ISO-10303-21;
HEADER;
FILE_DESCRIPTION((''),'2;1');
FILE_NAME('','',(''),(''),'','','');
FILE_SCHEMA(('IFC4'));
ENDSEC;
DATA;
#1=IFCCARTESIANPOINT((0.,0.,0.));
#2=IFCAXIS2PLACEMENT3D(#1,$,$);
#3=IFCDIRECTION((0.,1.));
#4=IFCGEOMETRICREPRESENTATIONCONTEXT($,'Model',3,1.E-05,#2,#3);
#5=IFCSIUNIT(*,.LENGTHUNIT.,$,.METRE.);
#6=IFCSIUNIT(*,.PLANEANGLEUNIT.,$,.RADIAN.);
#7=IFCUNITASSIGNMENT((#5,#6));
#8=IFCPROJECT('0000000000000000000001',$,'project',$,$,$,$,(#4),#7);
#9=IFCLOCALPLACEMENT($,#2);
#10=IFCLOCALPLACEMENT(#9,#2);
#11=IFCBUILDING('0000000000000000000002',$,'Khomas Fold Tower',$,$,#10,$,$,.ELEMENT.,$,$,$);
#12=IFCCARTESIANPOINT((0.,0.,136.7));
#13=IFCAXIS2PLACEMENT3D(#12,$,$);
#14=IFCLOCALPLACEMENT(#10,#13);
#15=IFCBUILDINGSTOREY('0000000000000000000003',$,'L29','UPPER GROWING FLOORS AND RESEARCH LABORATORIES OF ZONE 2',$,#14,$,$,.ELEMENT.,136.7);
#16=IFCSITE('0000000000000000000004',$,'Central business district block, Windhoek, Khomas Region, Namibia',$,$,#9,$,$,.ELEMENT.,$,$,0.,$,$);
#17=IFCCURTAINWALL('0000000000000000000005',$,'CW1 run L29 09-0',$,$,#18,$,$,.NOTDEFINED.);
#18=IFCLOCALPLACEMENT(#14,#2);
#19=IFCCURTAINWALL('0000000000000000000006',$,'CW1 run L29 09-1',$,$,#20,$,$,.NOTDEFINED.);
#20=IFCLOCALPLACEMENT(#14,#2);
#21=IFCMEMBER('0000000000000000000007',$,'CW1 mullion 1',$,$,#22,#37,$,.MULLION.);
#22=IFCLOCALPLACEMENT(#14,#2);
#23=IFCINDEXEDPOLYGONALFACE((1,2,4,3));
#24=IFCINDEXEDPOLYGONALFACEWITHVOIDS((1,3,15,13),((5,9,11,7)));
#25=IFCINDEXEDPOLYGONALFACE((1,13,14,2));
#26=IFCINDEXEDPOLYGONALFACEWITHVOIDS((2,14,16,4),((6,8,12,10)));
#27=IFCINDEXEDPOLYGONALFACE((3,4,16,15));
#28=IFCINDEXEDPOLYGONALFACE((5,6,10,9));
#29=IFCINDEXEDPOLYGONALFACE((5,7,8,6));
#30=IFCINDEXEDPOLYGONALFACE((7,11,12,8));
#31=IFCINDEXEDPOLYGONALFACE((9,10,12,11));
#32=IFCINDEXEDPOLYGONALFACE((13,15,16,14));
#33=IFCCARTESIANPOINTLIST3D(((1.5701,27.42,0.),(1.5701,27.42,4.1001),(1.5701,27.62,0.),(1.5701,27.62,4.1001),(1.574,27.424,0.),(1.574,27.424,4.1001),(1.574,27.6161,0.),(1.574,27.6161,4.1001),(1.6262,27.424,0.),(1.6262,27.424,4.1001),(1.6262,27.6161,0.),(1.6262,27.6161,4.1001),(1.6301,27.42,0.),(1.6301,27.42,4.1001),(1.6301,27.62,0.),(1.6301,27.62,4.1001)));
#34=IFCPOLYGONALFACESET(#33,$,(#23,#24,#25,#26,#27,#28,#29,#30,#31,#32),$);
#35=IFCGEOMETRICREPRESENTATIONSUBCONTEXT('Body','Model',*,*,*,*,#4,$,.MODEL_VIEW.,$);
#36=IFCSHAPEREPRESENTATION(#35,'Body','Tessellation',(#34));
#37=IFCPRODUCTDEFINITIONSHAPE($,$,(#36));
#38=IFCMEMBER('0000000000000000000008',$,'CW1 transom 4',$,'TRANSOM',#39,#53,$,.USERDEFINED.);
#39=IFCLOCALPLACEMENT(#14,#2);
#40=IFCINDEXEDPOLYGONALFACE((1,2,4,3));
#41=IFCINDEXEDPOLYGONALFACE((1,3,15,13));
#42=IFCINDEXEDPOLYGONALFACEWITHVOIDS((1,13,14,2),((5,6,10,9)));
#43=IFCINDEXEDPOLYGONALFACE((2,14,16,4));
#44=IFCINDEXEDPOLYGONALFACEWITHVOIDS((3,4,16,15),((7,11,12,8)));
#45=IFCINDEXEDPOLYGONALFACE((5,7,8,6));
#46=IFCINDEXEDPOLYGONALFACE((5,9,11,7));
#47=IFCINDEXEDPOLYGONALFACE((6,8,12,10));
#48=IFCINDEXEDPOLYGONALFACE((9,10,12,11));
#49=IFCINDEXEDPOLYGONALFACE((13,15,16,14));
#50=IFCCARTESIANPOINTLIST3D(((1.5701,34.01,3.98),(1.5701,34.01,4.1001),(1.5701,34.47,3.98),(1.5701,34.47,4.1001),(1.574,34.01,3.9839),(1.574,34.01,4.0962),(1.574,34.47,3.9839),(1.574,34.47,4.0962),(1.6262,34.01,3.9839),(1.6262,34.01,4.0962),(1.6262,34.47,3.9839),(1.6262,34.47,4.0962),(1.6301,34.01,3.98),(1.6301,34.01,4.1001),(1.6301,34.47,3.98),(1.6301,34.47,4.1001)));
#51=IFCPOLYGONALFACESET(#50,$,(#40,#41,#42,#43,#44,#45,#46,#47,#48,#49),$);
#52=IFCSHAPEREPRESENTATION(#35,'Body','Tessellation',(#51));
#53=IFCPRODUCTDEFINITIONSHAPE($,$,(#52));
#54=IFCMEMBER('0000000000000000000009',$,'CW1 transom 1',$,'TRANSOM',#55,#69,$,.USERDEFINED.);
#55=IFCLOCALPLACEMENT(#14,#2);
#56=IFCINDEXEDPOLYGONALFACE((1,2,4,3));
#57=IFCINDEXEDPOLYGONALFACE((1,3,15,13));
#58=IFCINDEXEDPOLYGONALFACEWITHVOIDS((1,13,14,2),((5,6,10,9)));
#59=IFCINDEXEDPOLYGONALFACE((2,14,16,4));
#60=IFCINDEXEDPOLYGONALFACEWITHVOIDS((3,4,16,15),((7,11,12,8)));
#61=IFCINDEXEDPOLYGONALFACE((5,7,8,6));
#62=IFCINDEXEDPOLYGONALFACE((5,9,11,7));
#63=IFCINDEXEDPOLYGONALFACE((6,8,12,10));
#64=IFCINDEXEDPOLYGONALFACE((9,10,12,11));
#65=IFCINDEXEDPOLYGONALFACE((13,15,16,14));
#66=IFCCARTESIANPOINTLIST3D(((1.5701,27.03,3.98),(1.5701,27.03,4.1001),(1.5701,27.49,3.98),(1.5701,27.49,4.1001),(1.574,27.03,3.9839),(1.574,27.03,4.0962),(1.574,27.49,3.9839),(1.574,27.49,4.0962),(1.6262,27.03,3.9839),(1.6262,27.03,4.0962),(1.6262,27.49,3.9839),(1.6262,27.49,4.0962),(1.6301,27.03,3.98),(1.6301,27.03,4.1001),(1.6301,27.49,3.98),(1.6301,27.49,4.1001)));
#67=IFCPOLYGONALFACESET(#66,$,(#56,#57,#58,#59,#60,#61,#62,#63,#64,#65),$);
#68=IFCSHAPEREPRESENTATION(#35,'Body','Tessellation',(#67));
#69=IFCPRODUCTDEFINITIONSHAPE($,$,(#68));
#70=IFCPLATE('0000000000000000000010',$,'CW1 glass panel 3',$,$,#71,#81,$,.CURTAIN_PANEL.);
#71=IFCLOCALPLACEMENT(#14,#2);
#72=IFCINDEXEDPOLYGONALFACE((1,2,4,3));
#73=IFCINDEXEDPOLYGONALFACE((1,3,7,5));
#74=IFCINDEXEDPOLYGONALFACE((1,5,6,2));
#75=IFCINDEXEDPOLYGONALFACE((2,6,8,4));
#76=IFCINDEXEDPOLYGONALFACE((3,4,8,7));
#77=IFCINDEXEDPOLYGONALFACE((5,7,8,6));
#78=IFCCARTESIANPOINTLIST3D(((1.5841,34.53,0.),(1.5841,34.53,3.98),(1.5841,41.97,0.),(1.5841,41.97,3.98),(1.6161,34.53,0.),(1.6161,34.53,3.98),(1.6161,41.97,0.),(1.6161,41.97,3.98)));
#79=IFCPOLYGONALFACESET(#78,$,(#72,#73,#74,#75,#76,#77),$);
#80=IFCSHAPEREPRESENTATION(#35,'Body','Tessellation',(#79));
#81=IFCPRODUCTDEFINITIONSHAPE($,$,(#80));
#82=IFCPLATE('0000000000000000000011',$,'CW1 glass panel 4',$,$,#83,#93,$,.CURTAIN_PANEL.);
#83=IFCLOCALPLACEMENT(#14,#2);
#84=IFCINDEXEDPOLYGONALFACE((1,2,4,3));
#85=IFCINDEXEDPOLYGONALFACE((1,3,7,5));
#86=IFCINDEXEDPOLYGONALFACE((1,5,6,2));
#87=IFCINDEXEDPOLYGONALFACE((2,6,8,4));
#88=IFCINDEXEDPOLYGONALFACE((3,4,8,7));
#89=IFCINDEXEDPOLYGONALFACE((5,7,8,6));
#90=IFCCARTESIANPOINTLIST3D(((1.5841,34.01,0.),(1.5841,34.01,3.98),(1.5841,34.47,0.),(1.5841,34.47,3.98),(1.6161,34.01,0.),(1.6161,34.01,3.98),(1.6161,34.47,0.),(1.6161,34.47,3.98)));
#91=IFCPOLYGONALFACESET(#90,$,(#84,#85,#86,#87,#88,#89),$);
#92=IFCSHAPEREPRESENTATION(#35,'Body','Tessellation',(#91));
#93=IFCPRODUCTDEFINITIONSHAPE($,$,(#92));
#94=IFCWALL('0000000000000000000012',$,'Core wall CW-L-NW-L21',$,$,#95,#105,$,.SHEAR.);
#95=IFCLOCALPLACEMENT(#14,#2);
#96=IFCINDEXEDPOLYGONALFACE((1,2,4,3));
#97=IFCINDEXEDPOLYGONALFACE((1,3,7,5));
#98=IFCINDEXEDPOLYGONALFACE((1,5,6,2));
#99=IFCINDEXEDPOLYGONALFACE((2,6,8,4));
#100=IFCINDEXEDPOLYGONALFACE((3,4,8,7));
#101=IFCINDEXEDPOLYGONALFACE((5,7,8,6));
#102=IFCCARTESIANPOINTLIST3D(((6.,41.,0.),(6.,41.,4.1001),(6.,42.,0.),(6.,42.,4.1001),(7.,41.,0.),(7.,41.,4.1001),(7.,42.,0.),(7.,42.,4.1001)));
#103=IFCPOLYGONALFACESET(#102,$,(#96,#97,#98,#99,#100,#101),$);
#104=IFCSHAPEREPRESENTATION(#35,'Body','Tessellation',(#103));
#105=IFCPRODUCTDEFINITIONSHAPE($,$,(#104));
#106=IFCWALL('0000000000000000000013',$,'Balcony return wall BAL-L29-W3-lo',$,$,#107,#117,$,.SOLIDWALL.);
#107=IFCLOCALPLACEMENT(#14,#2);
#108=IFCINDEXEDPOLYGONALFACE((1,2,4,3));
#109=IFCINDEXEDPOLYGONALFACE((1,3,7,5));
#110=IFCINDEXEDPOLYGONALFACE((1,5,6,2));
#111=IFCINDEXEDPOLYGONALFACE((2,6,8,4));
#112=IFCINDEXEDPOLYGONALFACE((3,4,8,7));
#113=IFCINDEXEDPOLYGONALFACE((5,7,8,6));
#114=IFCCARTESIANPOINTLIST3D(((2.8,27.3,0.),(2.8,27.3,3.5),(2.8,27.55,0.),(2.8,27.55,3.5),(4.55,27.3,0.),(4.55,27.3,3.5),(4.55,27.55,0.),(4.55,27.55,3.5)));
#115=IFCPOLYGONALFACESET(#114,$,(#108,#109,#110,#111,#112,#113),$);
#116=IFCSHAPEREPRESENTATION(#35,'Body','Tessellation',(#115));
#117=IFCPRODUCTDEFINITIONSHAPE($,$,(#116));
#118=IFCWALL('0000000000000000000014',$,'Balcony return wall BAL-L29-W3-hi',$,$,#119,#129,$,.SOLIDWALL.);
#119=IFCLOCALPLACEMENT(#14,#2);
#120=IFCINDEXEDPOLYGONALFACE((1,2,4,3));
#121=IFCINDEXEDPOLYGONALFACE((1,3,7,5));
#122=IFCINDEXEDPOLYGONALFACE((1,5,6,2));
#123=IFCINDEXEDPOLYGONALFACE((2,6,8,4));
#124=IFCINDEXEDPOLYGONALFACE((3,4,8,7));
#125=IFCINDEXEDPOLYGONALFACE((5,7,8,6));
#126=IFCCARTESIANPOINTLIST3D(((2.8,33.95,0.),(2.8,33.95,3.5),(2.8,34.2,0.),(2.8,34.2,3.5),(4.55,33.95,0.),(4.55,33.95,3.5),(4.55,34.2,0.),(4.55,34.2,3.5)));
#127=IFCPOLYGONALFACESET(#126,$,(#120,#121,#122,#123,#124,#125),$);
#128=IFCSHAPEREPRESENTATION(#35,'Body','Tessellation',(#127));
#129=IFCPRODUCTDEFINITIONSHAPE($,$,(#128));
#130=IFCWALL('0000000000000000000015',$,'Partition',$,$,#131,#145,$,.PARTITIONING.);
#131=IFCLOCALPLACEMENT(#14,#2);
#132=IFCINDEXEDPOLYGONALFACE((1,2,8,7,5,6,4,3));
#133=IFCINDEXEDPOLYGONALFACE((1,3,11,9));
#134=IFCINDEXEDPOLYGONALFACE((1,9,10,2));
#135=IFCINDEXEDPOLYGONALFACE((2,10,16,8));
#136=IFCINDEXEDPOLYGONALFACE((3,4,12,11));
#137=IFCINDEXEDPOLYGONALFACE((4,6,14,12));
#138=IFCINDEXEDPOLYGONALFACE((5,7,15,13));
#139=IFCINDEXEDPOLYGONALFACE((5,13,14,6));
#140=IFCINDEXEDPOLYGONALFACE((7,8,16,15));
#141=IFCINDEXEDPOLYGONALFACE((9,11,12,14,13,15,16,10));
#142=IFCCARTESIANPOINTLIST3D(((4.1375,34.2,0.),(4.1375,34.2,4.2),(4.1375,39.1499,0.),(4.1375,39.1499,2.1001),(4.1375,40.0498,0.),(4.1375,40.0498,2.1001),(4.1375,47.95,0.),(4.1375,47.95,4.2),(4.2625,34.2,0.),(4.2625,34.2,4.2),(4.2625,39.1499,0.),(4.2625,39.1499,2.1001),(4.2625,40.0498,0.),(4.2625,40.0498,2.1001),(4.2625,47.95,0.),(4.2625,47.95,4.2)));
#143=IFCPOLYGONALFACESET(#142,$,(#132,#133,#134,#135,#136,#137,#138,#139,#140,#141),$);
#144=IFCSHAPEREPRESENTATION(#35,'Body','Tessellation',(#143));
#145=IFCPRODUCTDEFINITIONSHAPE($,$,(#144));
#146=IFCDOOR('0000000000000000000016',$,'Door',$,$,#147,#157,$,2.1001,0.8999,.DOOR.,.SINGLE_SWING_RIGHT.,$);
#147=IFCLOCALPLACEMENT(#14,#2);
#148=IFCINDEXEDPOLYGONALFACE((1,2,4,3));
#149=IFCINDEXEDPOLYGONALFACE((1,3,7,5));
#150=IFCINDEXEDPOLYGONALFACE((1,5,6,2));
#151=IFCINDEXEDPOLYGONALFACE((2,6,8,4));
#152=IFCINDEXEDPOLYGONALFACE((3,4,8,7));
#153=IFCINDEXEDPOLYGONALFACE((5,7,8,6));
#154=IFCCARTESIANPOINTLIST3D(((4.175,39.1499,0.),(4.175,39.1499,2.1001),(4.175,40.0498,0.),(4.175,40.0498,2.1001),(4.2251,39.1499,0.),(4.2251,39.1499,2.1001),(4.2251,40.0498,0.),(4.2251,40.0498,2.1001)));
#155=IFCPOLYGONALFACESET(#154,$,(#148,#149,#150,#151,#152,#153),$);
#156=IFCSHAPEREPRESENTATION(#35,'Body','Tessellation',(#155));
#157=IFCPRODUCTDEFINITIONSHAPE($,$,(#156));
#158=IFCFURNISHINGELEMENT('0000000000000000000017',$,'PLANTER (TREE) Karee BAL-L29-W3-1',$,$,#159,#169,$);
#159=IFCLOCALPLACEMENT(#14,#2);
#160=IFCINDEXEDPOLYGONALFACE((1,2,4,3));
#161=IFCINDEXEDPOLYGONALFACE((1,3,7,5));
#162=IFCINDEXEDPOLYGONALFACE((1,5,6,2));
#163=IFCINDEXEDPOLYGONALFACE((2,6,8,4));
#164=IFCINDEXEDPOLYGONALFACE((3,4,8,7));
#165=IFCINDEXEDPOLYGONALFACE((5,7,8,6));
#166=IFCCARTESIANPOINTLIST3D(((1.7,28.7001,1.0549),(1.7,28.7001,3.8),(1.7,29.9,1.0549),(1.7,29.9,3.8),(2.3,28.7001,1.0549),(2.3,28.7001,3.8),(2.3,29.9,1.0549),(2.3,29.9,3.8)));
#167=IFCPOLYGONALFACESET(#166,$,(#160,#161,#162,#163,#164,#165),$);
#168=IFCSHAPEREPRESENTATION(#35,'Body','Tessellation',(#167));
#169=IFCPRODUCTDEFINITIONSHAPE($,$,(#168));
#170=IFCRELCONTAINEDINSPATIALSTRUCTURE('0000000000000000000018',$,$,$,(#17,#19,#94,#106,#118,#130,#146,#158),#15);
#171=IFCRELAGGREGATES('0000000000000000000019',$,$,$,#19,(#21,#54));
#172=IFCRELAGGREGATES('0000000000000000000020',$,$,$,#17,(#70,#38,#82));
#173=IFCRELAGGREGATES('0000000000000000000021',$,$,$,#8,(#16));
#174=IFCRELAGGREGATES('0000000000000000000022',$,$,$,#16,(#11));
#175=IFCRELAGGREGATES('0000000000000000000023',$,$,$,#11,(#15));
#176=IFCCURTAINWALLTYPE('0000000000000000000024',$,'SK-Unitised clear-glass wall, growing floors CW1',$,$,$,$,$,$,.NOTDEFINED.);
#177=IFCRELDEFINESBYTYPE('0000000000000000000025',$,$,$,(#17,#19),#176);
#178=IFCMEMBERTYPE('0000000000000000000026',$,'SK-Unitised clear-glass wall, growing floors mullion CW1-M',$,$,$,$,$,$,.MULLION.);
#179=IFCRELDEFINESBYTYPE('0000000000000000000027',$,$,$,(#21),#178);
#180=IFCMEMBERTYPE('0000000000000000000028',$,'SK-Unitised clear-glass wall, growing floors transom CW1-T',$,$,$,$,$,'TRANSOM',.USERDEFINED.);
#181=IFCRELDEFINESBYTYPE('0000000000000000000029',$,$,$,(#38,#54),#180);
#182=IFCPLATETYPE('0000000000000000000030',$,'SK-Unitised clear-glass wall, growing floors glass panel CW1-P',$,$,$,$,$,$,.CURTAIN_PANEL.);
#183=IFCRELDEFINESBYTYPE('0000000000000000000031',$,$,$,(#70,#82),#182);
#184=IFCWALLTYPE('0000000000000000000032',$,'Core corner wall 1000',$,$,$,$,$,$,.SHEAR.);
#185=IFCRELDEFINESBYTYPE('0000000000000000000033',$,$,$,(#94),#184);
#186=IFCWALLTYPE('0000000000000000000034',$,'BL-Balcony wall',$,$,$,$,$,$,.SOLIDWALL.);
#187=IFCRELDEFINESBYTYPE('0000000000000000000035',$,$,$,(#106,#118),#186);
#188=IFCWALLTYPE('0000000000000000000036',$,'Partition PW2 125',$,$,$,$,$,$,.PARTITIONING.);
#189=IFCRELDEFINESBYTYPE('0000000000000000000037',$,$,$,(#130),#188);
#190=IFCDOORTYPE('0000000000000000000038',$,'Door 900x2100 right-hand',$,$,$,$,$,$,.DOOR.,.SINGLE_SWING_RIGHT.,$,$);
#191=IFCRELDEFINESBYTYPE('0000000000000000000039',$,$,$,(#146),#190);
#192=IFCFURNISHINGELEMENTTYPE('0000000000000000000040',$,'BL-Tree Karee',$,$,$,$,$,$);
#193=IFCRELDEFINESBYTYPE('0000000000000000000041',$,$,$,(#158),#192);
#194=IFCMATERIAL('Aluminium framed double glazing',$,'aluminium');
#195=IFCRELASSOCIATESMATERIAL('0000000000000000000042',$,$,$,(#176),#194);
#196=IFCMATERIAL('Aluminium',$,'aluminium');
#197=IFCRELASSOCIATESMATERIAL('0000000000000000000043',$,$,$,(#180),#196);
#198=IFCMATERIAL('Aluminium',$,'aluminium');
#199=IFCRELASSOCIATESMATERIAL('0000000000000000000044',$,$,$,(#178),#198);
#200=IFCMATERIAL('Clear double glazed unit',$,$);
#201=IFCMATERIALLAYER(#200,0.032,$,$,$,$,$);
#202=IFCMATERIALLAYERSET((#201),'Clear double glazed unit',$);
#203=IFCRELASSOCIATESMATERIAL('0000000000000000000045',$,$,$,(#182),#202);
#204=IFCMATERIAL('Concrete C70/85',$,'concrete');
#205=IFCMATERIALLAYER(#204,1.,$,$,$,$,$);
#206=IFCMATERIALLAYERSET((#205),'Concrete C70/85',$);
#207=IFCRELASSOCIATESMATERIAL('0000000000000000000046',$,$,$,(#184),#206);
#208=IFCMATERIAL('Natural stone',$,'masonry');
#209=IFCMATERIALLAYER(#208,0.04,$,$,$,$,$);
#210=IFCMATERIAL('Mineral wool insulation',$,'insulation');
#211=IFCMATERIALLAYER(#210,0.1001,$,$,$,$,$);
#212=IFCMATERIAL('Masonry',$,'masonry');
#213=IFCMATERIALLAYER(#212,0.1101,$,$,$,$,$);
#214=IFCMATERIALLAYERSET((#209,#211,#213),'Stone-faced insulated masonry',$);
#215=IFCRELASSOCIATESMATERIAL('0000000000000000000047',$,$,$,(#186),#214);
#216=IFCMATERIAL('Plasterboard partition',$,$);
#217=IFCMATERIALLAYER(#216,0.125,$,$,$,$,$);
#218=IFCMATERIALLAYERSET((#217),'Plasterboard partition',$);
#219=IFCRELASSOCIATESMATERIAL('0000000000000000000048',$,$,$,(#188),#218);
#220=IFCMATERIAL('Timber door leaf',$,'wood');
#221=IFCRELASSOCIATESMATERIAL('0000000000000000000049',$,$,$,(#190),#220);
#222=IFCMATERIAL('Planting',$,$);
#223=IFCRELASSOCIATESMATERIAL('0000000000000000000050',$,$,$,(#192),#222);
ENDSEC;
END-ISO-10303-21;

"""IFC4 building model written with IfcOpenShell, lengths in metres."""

from ifc_helpers import new_model, si_unit, direction, frame, frame_2d, origin, origin_2d, place, context, subcontext, project, spatial, rectangle, hollow_rectangle, extrude, source, transform, mapped, material, layer, layer_set, material_profile, profile_set, type_object, element, fill, aggregate, save


model = new_model("IFC4")

# Units and contexts
model_context = context("Model", 3, precision=1e-05, world=origin(), true_north=direction((0.0, 1.0)))
body_context = subcontext(model_context, "Body", "Model", "MODEL_VIEW")
ifc_project = project(units=[si_unit("LENGTHUNIT", "METRE"), si_unit("PLANEANGLEUNIT", "RADIAN")], contexts=[model_context])

# Site, building, storey
site_placement = place(None, origin())
site = spatial("IfcSite", under=ifc_project, at=site_placement, Name="Central business district block, Windhoek, Khomas Region, Namibia", CompositionType="ELEMENT", RefElevation=0.0)
building_placement = place(site_placement, origin())
building = spatial("IfcBuilding", under=site, at=building_placement, Name="Khomas Fold Tower", CompositionType="ELEMENT")
storey_placement = place(building_placement, frame((0.0, 0.0, 136.7)))
storey = spatial("IfcBuildingStorey", under=building, at=storey_placement, Name="L29", Description="UPPER GROWING FLOORS AND RESEARCH LABORATORIES OF ZONE 2", CompositionType="ELEMENT", Elevation=136.7)

# Curtain wall
ifc_material_1 = material(Name="Aluminium framed double glazing", Category="aluminium")
curtain_wall_type = type_object("IfcCurtainWallType", Name="SK-Unitised clear-glass wall, growing floors CW1", PredefinedType="NOTDEFINED", material=ifc_material_1)
curtain_wall_1_placement = place(storey_placement, origin())
curtain_wall_1 = element("IfcCurtainWall", 1, at=curtain_wall_1_placement, inside=storey, type_object=curtain_wall_type, Name="CW1 run L29 09-0", PredefinedType="NOTDEFINED")
ifc_material_2 = material(Name="Aluminium", Category="aluminium")
ifc_material_profile_1 = material_profile(ifc_material_2, hollow_rectangle(XDim=0.0601, YDim=0.1201, WallThickness=0.0039, at=origin_2d()), Name="SK-Unitised clear-glass wall, growing floors transom CW1-T")
ifc_profile_set_1 = profile_set([ifc_material_profile_1], Name="Aluminium")
member_type_1 = type_object("IfcMemberType", Name="SK-Unitised clear-glass wall, growing floors transom CW1-T", ElementType="TRANSOM", PredefinedType="USERDEFINED", material=ifc_profile_set_1)
ifc_material_3 = material(Name="Aluminium", Category="aluminium")
ifc_material_profile_2 = material_profile(ifc_material_3, hollow_rectangle(XDim=0.0601, YDim=0.2, WallThickness=0.0039, at=origin_2d()), Name="SK-Unitised clear-glass wall, growing floors mullion CW1-M")
ifc_profile_set_2 = profile_set([ifc_material_profile_2], Name="Aluminium")
member_type_2 = type_object("IfcMemberType", Name="SK-Unitised clear-glass wall, growing floors mullion CW1-M", PredefinedType="MULLION", material=ifc_profile_set_2)
shared_shape_1 = source(origin(), body_context, "Body", "SweptSolid", [
    extrude(hollow_rectangle(XDim=0.0601, YDim=0.2, WallThickness=0.0039, at=origin_2d()), origin(), (0.0, 0.0, 1.0), 4.1001),
])

# Curtain wall, member
curtain_wall_2_placement = place(storey_placement, origin())
curtain_wall_2 = element("IfcCurtainWall", 2, at=curtain_wall_2_placement, inside=storey, type_object=curtain_wall_type, Name="CW1 run L29 09-1", PredefinedType="NOTDEFINED")
member_1_placement = place(storey_placement, frame((1.6001, 27.52, 0.0), z_axis=(0.0, 0.0, 1.0), x_axis=(1.0, 0.0, 0.0)))
member_1 = element("IfcMember", 3, at=member_1_placement, type_object=member_type_2, Name="CW1 mullion 1", PredefinedType="MULLION", context=body_context, shape_type="MappedRepresentation", body=[
    mapped(shared_shape_1, transform((0.0, 0.0, 0.0))),
])

# Members
shared_shape_2 = source(origin(), body_context, "Body", "SweptSolid", [
    extrude(hollow_rectangle(XDim=0.0601, YDim=0.1201, WallThickness=0.0039, at=origin_2d()), origin(), (0.0, 0.0, 1.0), 0.46),
])
member_2_placement = place(storey_placement, frame((1.6001, 34.47, 4.04), z_axis=(0.0, -1.0, 0.0), x_axis=(1.0, 0.0, 0.0)))
member_2 = element("IfcMember", 4, at=member_2_placement, type_object=member_type_1, Name="CW1 transom 4", ObjectType="TRANSOM", PredefinedType="USERDEFINED", context=body_context, shape_type="MappedRepresentation", body=[
    mapped(shared_shape_2, transform((0.0, 0.0, 0.0))),
])
member_3_placement = place(storey_placement, frame((1.6001, 27.49, 4.04), z_axis=(0.0, -1.0, 0.0), x_axis=(1.0, 0.0, 0.0)))
member_3 = element("IfcMember", 5, at=member_3_placement, type_object=member_type_1, Name="CW1 transom 1", ObjectType="TRANSOM", PredefinedType="USERDEFINED", context=body_context, shape_type="MappedRepresentation", body=[
    mapped(shared_shape_2, transform((0.0, 0.0, 0.0))),
])
aggregate(curtain_wall_2, [member_1, member_3])

# Plates
ifc_material_4 = material(Name="Clear double glazed unit")
ifc_layer_1 = layer(ifc_material_4, 0.032)
ifc_layer_set_1 = layer_set([ifc_layer_1], Name="Clear double glazed unit")
plate_type = type_object("IfcPlateType", Name="SK-Unitised clear-glass wall, growing floors glass panel CW1-P", PredefinedType="CURTAIN_PANEL", material=ifc_layer_set_1)
shared_shape_3 = source(origin(), body_context, "Body", "SweptSolid", [
    extrude(rectangle(XDim=7.4399, YDim=0.032, at=origin_2d()), origin(), (0.0, 0.0, 1.0), 3.98),
])
plate_1_placement = place(storey_placement, frame((1.6001, 38.25, 0.0), z_axis=(0.0, 0.0, 1.0), x_axis=(0.0, -1.0, 0.0)))
plate_1 = element("IfcPlate", 6, at=plate_1_placement, type_object=plate_type, Name="CW1 glass panel 3", PredefinedType="CURTAIN_PANEL", context=body_context, shape_type="MappedRepresentation", body=[
    mapped(shared_shape_3, transform((0.0, 0.0, 0.0))),
])
shared_shape_4 = source(origin(), body_context, "Body", "SweptSolid", [
    extrude(rectangle(XDim=0.46, YDim=0.032, at=origin_2d()), origin(), (0.0, 0.0, 1.0), 3.98),
])
plate_2_placement = place(storey_placement, frame((1.6001, 34.24, 0.0), z_axis=(0.0, 0.0, 1.0), x_axis=(0.0, -1.0, 0.0)))
plate_2 = element("IfcPlate", 7, at=plate_2_placement, type_object=plate_type, Name="CW1 glass panel 4", PredefinedType="CURTAIN_PANEL", context=body_context, shape_type="MappedRepresentation", body=[
    mapped(shared_shape_4, transform((0.0, 0.0, 0.0))),
])
aggregate(curtain_wall_1, [plate_1, member_2, plate_2])

# Wall
ifc_material_5 = material(Name="Concrete C70/85", Category="concrete")
ifc_layer_2 = layer(ifc_material_5, 1.0)
ifc_layer_set_2 = layer_set([ifc_layer_2], Name="Concrete C70/85")
wall_type_1 = type_object("IfcWallType", Name="Core corner wall 1000", PredefinedType="SHEAR", material=ifc_layer_set_2)
shared_shape_5 = source(origin(), body_context, "Body", "SweptSolid", [
    extrude(rectangle(XDim=1.0, YDim=1.0, at=frame_2d((0.5, 0.0))), origin(), (0.0, 0.0, 1.0), 4.1001),
])
wall_1_placement = place(storey_placement, frame((6.0, 41.5, 0.0), z_axis=(0.0, 0.0, 1.0), x_axis=(1.0, 0.0, 0.0)))
element("IfcWall", 8, at=wall_1_placement, inside=storey, type_object=wall_type_1, Name="Core wall CW-L-NW-L21", PredefinedType="SHEAR", context=body_context, shape_type="MappedRepresentation", body=[
    mapped(shared_shape_5, transform((0.0, 0.0, 0.0))),
])

# Shared definitions
ifc_material_6 = material(Name="Natural stone", Category="masonry")
ifc_layer_3 = layer(ifc_material_6, 0.04)
ifc_material_7 = material(Name="Mineral wool insulation", Category="insulation")
ifc_layer_4 = layer(ifc_material_7, 0.1001)
ifc_material_8 = material(Name="Masonry", Category="masonry")
ifc_layer_5 = layer(ifc_material_8, 0.1101)
ifc_layer_set_3 = layer_set([ifc_layer_3, ifc_layer_4, ifc_layer_5], Name="Stone-faced insulated masonry")
wall_type_2 = type_object("IfcWallType", Name="BL-Balcony wall", PredefinedType="SOLIDWALL", material=ifc_layer_set_3)

# Walls
shared_shape_6 = source(origin(), body_context, "Body", "SweptSolid", [
    extrude(rectangle(XDim=1.75, YDim=0.25, at=frame_2d((0.875, 0.0))), origin(), (0.0, 0.0, 1.0), 3.5),
])
for number, where, z_axis, x_axis, name in (
    (9, (2.8, 27.425, 0.0), (0.0, 0.0, 1.0), (1.0, 0.0, 0.0), "Balcony return wall BAL-L29-W3-lo"),
    (10, (2.8, 34.075, 0.0), (0.0, 0.0, 1.0), (1.0, 0.0, 0.0), "Balcony return wall BAL-L29-W3-hi"),
):
    element("IfcWall", number, at=place(storey_placement, frame(where, z_axis=z_axis, x_axis=x_axis)), inside=storey, type_object=wall_type_2, Name=name, PredefinedType="SOLIDWALL", context=body_context, shape_type="MappedRepresentation", body=[
        mapped(shared_shape_6, transform((0.0, 0.0, 0.0))),
    ])

# Wall, opening, door
ifc_material_9 = material(Name="Plasterboard partition")
ifc_layer_6 = layer(ifc_material_9, 0.125)
ifc_layer_set_4 = layer_set([ifc_layer_6], Name="Plasterboard partition")
wall_type_3 = type_object("IfcWallType", Name="Partition PW2 125", PredefinedType="PARTITIONING", material=ifc_layer_set_4)
shared_shape_7 = source(origin(), body_context, "Body", "SweptSolid", [
    extrude(rectangle(XDim=13.75, YDim=0.125, at=frame_2d((6.875, 0.0))), origin(), (0.0, 0.0, 1.0), 4.2),
])
wall_2_placement = place(storey_placement, frame((4.2, 34.2, 0.0), z_axis=(0.0, 0.0, 1.0), x_axis=(0.0, 1.0, 0.0)))
wall_2 = element("IfcWall", 11, at=wall_2_placement, inside=storey, type_object=wall_type_3, Name="Partition", PredefinedType="PARTITIONING", context=body_context, shape_type="MappedRepresentation", body=[
    mapped(shared_shape_7, transform((0.0, 0.0, 0.0))),
])
shared_shape_8 = source(origin(), body_context, "Body", "SweptSolid", [
    extrude(rectangle(XDim=0.8999, YDim=2.1001, at=frame_2d((0.45, 1.05))), frame((0.0, 0.0725, 0.0), z_axis=(0.0, -1.0, 0.0), x_axis=(1.0, 0.0, 0.0)), (0.0, 0.0, 1.0), 0.145),
])
opening_1_placement = place(wall_2_placement, frame((4.95, 0.0, 0.0)))
opening_1 = element("IfcOpeningElement", 12, at=opening_1_placement, cuts=wall_2, PredefinedType="OPENING", context=body_context, shape_type="MappedRepresentation", body=[
    mapped(shared_shape_8, transform((0.0, 0.0, 0.0))),
])
ifc_material_10 = material(Name="Timber door leaf", Category="wood")
door_type_1 = type_object("IfcDoorType", Name="Door 900x2100 right-hand", OperationType="SINGLE_SWING_RIGHT", PredefinedType="DOOR", material=ifc_material_10)
shared_shape_9 = source(origin(), body_context, "Body", "SweptSolid", [
    extrude(rectangle(XDim=0.8999, YDim=2.1001, at=frame_2d((0.45, 1.05))), frame((0.0, 0.0249, 0.0), z_axis=(0.0, -1.0, 0.0), x_axis=(1.0, 0.0, 0.0)), (0.0, 0.0, 1.0), 0.05),
])
door_1_placement = place(opening_1_placement, origin())
door_1 = element("IfcDoor", 13, at=door_1_placement, inside=storey, type_object=door_type_1, Name="Door", OperationType="SINGLE_SWING_RIGHT", OverallHeight=2.1001, OverallWidth=0.8999, PredefinedType="DOOR", context=body_context, shape_type="MappedRepresentation", body=[
    mapped(shared_shape_9, transform((0.0, 0.0, 0.0))),
])
fill(opening_1, door_1)

# Furnishing element
ifc_material_11 = material(Name="Planting")
furnishing_element_type_1 = type_object("IfcFurnishingElementType", Name="BL-Tree Karee", material=ifc_material_11)
shared_shape_10 = source(origin(), body_context, "Body", "SweptSolid", [
    extrude(rectangle(XDim=1.2, YDim=0.6001, at=origin_2d()), origin(), (0.0, 0.0, 1.0), 2.7451),
])
furnishing_1_placement = place(storey_placement, frame((2.0, 29.3, 1.0549), z_axis=(0.0, 0.0, 1.0), x_axis=(0.0, 1.0, 0.0)))
element("IfcFurnishingElement", 14, at=furnishing_1_placement, inside=storey, type_object=furnishing_element_type_1, Name="PLANTER (TREE) Karee BAL-L29-W3-1", context=body_context, shape_type="MappedRepresentation", body=[
    mapped(shared_shape_10, transform((0.0, 0.0, 0.0))),
])

save(model, "model.ifc")
